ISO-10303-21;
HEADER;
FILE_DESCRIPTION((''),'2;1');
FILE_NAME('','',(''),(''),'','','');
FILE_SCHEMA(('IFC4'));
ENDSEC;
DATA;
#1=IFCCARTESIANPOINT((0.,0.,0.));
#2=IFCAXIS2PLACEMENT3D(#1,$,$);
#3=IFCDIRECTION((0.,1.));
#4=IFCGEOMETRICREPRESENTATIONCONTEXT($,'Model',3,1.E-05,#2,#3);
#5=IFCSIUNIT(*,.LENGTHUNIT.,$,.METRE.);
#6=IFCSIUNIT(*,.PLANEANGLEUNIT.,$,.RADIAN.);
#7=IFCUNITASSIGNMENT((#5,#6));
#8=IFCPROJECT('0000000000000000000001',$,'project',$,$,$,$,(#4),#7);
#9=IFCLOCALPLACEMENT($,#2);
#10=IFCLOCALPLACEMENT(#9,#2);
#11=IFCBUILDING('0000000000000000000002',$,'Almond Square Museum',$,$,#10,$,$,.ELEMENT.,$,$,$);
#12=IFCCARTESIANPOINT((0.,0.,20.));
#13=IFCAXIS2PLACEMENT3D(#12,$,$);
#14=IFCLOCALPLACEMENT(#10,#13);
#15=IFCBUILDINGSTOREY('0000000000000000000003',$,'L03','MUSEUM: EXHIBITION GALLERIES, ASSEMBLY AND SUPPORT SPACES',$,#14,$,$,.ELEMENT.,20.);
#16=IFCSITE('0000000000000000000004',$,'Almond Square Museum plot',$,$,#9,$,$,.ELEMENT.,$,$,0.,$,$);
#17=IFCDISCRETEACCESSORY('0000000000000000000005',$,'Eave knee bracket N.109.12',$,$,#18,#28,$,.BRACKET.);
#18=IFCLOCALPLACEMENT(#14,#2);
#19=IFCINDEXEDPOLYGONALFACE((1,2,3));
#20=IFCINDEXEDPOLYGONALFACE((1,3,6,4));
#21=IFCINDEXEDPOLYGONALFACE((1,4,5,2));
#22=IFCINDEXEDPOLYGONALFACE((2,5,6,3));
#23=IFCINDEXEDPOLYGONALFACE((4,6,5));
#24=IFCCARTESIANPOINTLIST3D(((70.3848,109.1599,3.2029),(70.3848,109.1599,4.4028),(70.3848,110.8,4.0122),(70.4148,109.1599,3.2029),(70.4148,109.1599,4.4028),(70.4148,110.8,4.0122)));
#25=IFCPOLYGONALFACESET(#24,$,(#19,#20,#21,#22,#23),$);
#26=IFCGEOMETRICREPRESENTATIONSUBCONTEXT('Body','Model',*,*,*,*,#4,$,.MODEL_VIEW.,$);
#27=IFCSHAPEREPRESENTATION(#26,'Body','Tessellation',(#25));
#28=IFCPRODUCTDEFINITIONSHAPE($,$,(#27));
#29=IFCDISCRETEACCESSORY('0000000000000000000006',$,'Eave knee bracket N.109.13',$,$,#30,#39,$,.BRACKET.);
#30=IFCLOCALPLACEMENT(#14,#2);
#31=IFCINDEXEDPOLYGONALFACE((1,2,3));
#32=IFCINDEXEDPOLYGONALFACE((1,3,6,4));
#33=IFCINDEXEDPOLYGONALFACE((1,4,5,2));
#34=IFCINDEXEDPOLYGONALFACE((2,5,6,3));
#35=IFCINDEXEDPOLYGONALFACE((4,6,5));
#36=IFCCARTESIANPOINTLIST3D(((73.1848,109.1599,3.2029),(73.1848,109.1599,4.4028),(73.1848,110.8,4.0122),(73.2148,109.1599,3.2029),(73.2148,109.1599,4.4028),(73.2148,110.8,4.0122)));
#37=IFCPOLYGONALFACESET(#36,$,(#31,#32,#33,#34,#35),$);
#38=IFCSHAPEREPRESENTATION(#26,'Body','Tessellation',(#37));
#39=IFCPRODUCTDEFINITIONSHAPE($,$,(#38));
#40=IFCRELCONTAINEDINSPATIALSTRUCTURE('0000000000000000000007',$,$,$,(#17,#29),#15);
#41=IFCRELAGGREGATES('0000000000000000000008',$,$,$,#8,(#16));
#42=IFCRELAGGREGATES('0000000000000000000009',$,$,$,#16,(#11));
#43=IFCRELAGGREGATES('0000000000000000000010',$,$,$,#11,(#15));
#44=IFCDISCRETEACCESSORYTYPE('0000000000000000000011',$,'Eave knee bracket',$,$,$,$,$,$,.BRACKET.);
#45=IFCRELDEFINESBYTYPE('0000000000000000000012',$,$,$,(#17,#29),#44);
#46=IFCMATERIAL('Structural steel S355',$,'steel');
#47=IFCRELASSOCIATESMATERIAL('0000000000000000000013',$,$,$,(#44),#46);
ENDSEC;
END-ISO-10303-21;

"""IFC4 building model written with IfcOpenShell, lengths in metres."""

from ifc_helpers import new_model, si_unit, direction, frame, origin, place, context, subcontext, project, spatial, polyline, outline, extrude, material, type_object, element, save


model = new_model("IFC4")

# Units and contexts
model_context = context("Model", 3, precision=1e-05, world=origin(), true_north=direction((0.0, 1.0)))
body_context = subcontext(model_context, "Body", "Model", "MODEL_VIEW")
ifc_project = project(units=[si_unit("LENGTHUNIT", "METRE"), si_unit("PLANEANGLEUNIT", "RADIAN")], contexts=[model_context])

# Site, building, storey
site_placement = place(None, origin())
site = spatial("IfcSite", under=ifc_project, at=site_placement, Name="Almond Square Museum plot", CompositionType="ELEMENT", RefElevation=0.0)
building_placement = place(site_placement, origin())
building = spatial("IfcBuilding", under=site, at=building_placement, Name="Almond Square Museum", CompositionType="ELEMENT")
storey_placement = place(building_placement, frame((0.0, 0.0, 20.0)))
storey = spatial("IfcBuildingStorey", under=building, at=storey_placement, Name="L03", Description="MUSEUM: EXHIBITION GALLERIES, ASSEMBLY AND SUPPORT SPACES", CompositionType="ELEMENT", Elevation=20.0)

# Discrete accessories
ifc_material_1 = material(Name="Structural steel S355", Category="steel")
discrete_accessory_type = type_object("IfcDiscreteAccessoryType", Name="Eave knee bracket", PredefinedType="BRACKET", material=ifc_material_1)
for number, where, z_axis, x_axis, name in (
    (1, (70.3999, 109.1599, 4.4028), (1.0, 0.0, 0.0), (0.0, 0.0, -1.0), "Eave knee bracket N.109.12"),
    (2, (73.2, 109.1599, 4.4028), (1.0, 0.0, 0.0), (0.0, 0.0, -1.0), "Eave knee bracket N.109.13"),
):
    element("IfcDiscreteAccessory", number, at=place(storey_placement, frame(where, z_axis=z_axis, x_axis=x_axis)), inside=storey, type_object=discrete_accessory_type, Name=name, PredefinedType="BRACKET", context=body_context, shape_type="SweptSolid", body=[
        extrude(outline(polyline([(0.0, 0.0), (1.2, 0.0), (0.3906, 1.6401), (0.0, 0.0)])), frame((0.0, 0.0, -0.0151)), (0.0, 0.0, 1.0), 0.03),
    ])

save(model, "model.ifc")
